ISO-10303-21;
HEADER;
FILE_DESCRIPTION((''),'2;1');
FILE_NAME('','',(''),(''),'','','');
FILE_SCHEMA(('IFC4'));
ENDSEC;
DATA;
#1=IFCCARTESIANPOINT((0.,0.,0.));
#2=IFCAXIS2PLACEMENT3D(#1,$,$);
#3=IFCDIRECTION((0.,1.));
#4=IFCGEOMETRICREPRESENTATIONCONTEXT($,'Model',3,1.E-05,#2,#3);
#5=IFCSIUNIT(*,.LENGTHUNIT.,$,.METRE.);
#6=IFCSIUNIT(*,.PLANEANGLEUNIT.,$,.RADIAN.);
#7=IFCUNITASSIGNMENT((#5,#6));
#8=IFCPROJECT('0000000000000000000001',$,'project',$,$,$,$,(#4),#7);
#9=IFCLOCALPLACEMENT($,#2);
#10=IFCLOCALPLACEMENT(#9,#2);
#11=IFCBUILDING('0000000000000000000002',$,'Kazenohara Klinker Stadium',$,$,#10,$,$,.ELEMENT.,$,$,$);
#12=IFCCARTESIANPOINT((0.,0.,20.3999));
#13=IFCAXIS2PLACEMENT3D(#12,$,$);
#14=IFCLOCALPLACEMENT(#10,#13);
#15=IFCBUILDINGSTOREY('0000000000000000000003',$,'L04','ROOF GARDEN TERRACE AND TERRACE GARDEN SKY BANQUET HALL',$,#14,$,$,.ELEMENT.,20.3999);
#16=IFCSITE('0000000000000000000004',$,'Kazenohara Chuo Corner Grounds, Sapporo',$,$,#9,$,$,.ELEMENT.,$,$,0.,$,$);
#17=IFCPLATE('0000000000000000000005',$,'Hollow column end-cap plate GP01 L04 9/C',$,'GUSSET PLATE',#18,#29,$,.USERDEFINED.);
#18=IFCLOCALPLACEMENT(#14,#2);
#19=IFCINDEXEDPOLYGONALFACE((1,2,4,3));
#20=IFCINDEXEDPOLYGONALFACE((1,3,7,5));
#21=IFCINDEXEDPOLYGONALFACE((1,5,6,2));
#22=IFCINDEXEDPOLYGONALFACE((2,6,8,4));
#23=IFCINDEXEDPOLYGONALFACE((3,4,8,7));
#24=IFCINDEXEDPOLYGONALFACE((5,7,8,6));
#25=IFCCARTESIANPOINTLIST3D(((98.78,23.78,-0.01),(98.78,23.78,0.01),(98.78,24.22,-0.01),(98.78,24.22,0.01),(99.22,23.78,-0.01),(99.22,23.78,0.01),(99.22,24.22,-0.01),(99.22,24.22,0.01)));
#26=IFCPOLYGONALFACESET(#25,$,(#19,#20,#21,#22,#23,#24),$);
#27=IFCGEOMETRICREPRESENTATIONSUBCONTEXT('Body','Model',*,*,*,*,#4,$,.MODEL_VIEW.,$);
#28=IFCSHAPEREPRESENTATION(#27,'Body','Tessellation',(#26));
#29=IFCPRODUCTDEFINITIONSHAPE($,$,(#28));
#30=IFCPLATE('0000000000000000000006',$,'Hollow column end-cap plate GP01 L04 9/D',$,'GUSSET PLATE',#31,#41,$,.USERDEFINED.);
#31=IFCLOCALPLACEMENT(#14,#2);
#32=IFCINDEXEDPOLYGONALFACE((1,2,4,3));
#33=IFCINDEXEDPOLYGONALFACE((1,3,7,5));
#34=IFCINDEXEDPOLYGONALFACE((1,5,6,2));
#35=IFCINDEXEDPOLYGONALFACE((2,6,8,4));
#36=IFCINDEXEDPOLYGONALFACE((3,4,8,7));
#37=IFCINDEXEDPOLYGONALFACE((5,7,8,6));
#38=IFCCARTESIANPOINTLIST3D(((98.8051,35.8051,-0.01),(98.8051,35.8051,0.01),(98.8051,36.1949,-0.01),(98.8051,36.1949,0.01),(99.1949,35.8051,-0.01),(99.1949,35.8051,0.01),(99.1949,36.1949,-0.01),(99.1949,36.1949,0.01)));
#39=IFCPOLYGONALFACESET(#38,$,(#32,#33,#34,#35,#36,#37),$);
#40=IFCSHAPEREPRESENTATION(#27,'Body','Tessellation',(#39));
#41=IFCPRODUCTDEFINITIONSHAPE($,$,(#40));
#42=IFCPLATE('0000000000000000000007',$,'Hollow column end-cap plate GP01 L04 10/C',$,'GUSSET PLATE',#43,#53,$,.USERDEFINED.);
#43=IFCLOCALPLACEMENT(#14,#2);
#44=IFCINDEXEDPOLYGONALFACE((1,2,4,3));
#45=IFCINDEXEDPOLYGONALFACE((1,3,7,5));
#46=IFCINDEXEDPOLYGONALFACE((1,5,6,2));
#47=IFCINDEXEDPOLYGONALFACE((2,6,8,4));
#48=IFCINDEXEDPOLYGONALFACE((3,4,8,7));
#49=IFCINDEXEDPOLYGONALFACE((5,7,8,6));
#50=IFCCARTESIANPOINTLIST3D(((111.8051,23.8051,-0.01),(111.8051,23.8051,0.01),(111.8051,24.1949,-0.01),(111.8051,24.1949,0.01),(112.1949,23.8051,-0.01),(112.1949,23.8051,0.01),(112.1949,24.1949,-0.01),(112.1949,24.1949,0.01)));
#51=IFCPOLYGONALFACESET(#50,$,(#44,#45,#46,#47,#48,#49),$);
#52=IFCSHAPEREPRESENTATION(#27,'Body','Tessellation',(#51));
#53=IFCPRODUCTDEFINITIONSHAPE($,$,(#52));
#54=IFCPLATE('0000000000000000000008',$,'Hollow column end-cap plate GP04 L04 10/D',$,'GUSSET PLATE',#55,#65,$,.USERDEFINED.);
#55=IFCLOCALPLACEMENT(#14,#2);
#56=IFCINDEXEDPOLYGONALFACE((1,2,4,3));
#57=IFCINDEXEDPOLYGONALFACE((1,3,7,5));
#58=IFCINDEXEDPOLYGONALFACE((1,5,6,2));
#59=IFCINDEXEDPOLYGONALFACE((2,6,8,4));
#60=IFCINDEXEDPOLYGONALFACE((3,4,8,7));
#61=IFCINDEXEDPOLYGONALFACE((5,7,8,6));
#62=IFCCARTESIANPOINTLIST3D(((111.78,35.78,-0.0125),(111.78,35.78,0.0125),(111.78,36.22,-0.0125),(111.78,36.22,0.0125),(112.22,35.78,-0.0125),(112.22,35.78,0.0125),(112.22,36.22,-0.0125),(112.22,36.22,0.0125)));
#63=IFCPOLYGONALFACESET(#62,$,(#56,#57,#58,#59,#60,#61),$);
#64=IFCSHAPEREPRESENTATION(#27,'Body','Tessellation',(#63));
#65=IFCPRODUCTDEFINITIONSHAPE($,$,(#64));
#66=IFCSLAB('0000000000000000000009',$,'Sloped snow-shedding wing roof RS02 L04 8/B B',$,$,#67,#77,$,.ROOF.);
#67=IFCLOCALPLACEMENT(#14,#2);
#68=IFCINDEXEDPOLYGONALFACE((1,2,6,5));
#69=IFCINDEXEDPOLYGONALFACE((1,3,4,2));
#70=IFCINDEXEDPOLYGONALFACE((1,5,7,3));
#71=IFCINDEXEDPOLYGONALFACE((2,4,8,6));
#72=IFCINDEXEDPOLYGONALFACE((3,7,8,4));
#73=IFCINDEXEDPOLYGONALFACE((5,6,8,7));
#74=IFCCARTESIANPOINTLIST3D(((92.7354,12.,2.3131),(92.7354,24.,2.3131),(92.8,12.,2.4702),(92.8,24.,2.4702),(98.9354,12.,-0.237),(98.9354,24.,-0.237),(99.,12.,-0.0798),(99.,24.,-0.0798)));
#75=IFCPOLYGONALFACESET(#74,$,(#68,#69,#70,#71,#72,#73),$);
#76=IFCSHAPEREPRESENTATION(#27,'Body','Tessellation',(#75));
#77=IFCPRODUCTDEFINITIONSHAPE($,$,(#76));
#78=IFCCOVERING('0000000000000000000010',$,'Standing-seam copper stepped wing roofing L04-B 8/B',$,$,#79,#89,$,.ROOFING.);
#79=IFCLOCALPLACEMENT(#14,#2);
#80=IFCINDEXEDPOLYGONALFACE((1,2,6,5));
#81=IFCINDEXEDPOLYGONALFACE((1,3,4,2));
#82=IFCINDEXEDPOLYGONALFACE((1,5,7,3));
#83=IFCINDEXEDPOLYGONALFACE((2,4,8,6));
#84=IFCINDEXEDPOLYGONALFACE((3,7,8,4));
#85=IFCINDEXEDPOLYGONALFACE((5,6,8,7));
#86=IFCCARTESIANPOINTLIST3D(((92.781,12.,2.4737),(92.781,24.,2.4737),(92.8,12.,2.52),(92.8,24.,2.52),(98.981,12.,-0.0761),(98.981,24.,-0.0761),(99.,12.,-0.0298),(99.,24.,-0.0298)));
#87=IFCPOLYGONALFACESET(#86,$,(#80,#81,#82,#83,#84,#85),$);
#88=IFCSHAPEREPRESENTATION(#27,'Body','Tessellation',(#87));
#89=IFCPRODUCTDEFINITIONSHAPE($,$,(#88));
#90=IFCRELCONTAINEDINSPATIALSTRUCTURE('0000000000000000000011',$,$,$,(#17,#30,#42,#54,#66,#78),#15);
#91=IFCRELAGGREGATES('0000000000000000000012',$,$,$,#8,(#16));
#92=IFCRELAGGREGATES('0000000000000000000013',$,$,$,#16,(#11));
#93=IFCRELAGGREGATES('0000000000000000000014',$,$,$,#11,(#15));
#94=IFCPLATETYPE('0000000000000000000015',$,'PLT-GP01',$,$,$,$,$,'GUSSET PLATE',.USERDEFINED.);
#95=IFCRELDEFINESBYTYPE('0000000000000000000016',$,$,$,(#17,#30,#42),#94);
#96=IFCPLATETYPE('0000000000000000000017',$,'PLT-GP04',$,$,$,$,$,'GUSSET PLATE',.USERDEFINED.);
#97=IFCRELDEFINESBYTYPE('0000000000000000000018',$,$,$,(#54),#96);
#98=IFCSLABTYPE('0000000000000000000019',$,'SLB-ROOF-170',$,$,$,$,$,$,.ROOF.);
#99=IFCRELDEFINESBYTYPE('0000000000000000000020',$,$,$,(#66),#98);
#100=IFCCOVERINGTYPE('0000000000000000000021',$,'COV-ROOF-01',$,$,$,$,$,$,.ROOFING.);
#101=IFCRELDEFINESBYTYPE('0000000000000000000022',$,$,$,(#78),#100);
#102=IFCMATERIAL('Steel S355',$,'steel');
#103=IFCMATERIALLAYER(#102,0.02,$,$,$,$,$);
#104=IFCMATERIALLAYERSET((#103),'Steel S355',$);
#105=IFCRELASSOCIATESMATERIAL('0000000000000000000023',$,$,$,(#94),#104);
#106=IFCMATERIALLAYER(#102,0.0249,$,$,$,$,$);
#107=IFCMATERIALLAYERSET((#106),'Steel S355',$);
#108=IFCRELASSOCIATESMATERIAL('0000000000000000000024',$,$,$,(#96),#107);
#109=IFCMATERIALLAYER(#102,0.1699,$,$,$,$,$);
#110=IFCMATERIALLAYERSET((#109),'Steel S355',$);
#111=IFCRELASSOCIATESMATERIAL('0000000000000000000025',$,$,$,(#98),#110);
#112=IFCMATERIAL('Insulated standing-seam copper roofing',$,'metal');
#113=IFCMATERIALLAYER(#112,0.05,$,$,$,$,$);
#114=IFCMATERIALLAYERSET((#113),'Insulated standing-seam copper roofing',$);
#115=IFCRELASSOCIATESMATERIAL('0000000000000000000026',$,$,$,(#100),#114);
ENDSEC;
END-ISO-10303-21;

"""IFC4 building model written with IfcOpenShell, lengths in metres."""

from ifc_helpers import new_model, si_unit, direction, frame, origin, origin_2d, place, context, subcontext, project, spatial, polyline, rectangle, outline, extrude, material, layer, layer_set, type_object, element, save


model = new_model("IFC4")

# Units and contexts
model_context = context("Model", 3, precision=1e-05, world=origin(), true_north=direction((0.0, 1.0)))
body_context = subcontext(model_context, "Body", "Model", "MODEL_VIEW")
ifc_project = project(units=[si_unit("LENGTHUNIT", "METRE"), si_unit("PLANEANGLEUNIT", "RADIAN")], contexts=[model_context])

# Site, building, storey
site_placement = place(None, origin())
site = spatial("IfcSite", under=ifc_project, at=site_placement, Name="Kazenohara Chuo Corner Grounds, Sapporo", CompositionType="ELEMENT", RefElevation=0.0)
building_placement = place(site_placement, origin())
building = spatial("IfcBuilding", under=site, at=building_placement, Name="Kazenohara Klinker Stadium", CompositionType="ELEMENT")
storey_placement = place(building_placement, frame((0.0, 0.0, 20.3999)))
storey = spatial("IfcBuildingStorey", under=building, at=storey_placement, Name="L04", Description="ROOF GARDEN TERRACE AND TERRACE GARDEN SKY BANQUET HALL", CompositionType="ELEMENT", Elevation=20.3999)

# Shared definitions
ifc_material_1 = material(Name="Steel S355", Category="steel")

# Plates
ifc_layer_1 = layer(ifc_material_1, 0.02)
ifc_layer_set_1 = layer_set([ifc_layer_1], Name="Steel S355")
plate_type_1 = type_object("IfcPlateType", Name="PLT-GP01", ElementType="GUSSET PLATE", PredefinedType="USERDEFINED", material=ifc_layer_set_1)
plate_1_placement = place(storey_placement, frame((99.0, 24.0, -0.01), z_axis=(0.0, 0.0, 1.0), x_axis=(1.0, 0.0, 0.0)))
element("IfcPlate", 1, at=plate_1_placement, inside=storey, type_object=plate_type_1, Name="Hollow column end-cap plate GP01 L04 9/C", ObjectType="GUSSET PLATE", PredefinedType="USERDEFINED", context=body_context, shape_type="SweptSolid", body=[
    extrude(rectangle(XDim=0.4399, YDim=0.4399, at=origin_2d()), origin(), (0.0, 0.0, 1.0), 0.02),
])
for number, where, z_axis, x_axis, name in (
    (2, (99.0, 36.0, -0.01), (0.0, 0.0, 1.0), (1.0, 0.0, 0.0), "Hollow column end-cap plate GP01 L04 9/D"),
    (3, (112.0, 24.0, -0.01), (0.0, 0.0, 1.0), (1.0, 0.0, 0.0), "Hollow column end-cap plate GP01 L04 10/C"),
):
    element("IfcPlate", number, at=place(storey_placement, frame(where, z_axis=z_axis, x_axis=x_axis)), inside=storey, type_object=plate_type_1, Name=name, ObjectType="GUSSET PLATE", PredefinedType="USERDEFINED", context=body_context, shape_type="SweptSolid", body=[
        extrude(rectangle(XDim=0.3899, YDim=0.3899, at=origin_2d()), origin(), (0.0, 0.0, 1.0), 0.02),
    ])
ifc_layer_2 = layer(ifc_material_1, 0.0249)
ifc_layer_set_2 = layer_set([ifc_layer_2], Name="Steel S355")
plate_type_2 = type_object("IfcPlateType", Name="PLT-GP04", ElementType="GUSSET PLATE", PredefinedType="USERDEFINED", material=ifc_layer_set_2)
plate_2_placement = place(storey_placement, frame((112.0, 36.0, -0.0125), z_axis=(0.0, 0.0, 1.0), x_axis=(1.0, 0.0, 0.0)))
element("IfcPlate", 4, at=plate_2_placement, inside=storey, type_object=plate_type_2, Name="Hollow column end-cap plate GP04 L04 10/D", ObjectType="GUSSET PLATE", PredefinedType="USERDEFINED", context=body_context, shape_type="SweptSolid", body=[
    extrude(rectangle(XDim=0.4399, YDim=0.4399, at=origin_2d()), origin(), (0.0, 0.0, 1.0), 0.0249),
])

# Slab
ifc_layer_3 = layer(ifc_material_1, 0.1699)
ifc_layer_set_3 = layer_set([ifc_layer_3], Name="Steel S355")
slab_type = type_object("IfcSlabType", Name="SLB-ROOF-170", PredefinedType="ROOF", material=ifc_layer_set_3)
slab_placement = place(storey_placement, frame((92.8, 12.0, 2.4702), z_axis=(0.380383, 0.0, 0.924829), x_axis=(0.924829, 0.0, -0.380383)))
element("IfcSlab", 5, at=slab_placement, inside=storey, type_object=slab_type, Name="Sloped snow-shedding wing roof RS02 L04 8/B B", PredefinedType="ROOF", context=body_context, shape_type="SweptSolid", body=[
    extrude(outline(polyline([(0.0, 0.0), (6.7039, 0.0), (6.7039, 12.0), (0.0, 12.0), (0.0, 0.0)])), origin(), (0.0, 0.0, -1.0), 0.1699),
])

# Covering
ifc_material_2 = material(Name="Insulated standing-seam copper roofing", Category="metal")
ifc_layer_4 = layer(ifc_material_2, 0.05)
ifc_layer_set_4 = layer_set([ifc_layer_4], Name="Insulated standing-seam copper roofing")
covering_type = type_object("IfcCoveringType", Name="COV-ROOF-01", PredefinedType="ROOFING", material=ifc_layer_set_4)
covering_placement = place(storey_placement, frame((92.8, 12.0, 2.52), z_axis=(0.380352, 0.0, 0.924842), x_axis=(0.924842, 0.0, -0.380352)))
element("IfcCovering", 6, at=covering_placement, inside=storey, type_object=covering_type, Name="Standing-seam copper stepped wing roofing L04-B 8/B", PredefinedType="ROOFING", context=body_context, shape_type="SweptSolid", body=[
    extrude(outline(polyline([(0.0, 0.0), (6.7038, 0.0), (6.7038, 12.0), (0.0, 12.0), (0.0, 0.0)])), origin(), (0.0, 0.0, -1.0), 0.05),
])

save(model, "model.ifc")
